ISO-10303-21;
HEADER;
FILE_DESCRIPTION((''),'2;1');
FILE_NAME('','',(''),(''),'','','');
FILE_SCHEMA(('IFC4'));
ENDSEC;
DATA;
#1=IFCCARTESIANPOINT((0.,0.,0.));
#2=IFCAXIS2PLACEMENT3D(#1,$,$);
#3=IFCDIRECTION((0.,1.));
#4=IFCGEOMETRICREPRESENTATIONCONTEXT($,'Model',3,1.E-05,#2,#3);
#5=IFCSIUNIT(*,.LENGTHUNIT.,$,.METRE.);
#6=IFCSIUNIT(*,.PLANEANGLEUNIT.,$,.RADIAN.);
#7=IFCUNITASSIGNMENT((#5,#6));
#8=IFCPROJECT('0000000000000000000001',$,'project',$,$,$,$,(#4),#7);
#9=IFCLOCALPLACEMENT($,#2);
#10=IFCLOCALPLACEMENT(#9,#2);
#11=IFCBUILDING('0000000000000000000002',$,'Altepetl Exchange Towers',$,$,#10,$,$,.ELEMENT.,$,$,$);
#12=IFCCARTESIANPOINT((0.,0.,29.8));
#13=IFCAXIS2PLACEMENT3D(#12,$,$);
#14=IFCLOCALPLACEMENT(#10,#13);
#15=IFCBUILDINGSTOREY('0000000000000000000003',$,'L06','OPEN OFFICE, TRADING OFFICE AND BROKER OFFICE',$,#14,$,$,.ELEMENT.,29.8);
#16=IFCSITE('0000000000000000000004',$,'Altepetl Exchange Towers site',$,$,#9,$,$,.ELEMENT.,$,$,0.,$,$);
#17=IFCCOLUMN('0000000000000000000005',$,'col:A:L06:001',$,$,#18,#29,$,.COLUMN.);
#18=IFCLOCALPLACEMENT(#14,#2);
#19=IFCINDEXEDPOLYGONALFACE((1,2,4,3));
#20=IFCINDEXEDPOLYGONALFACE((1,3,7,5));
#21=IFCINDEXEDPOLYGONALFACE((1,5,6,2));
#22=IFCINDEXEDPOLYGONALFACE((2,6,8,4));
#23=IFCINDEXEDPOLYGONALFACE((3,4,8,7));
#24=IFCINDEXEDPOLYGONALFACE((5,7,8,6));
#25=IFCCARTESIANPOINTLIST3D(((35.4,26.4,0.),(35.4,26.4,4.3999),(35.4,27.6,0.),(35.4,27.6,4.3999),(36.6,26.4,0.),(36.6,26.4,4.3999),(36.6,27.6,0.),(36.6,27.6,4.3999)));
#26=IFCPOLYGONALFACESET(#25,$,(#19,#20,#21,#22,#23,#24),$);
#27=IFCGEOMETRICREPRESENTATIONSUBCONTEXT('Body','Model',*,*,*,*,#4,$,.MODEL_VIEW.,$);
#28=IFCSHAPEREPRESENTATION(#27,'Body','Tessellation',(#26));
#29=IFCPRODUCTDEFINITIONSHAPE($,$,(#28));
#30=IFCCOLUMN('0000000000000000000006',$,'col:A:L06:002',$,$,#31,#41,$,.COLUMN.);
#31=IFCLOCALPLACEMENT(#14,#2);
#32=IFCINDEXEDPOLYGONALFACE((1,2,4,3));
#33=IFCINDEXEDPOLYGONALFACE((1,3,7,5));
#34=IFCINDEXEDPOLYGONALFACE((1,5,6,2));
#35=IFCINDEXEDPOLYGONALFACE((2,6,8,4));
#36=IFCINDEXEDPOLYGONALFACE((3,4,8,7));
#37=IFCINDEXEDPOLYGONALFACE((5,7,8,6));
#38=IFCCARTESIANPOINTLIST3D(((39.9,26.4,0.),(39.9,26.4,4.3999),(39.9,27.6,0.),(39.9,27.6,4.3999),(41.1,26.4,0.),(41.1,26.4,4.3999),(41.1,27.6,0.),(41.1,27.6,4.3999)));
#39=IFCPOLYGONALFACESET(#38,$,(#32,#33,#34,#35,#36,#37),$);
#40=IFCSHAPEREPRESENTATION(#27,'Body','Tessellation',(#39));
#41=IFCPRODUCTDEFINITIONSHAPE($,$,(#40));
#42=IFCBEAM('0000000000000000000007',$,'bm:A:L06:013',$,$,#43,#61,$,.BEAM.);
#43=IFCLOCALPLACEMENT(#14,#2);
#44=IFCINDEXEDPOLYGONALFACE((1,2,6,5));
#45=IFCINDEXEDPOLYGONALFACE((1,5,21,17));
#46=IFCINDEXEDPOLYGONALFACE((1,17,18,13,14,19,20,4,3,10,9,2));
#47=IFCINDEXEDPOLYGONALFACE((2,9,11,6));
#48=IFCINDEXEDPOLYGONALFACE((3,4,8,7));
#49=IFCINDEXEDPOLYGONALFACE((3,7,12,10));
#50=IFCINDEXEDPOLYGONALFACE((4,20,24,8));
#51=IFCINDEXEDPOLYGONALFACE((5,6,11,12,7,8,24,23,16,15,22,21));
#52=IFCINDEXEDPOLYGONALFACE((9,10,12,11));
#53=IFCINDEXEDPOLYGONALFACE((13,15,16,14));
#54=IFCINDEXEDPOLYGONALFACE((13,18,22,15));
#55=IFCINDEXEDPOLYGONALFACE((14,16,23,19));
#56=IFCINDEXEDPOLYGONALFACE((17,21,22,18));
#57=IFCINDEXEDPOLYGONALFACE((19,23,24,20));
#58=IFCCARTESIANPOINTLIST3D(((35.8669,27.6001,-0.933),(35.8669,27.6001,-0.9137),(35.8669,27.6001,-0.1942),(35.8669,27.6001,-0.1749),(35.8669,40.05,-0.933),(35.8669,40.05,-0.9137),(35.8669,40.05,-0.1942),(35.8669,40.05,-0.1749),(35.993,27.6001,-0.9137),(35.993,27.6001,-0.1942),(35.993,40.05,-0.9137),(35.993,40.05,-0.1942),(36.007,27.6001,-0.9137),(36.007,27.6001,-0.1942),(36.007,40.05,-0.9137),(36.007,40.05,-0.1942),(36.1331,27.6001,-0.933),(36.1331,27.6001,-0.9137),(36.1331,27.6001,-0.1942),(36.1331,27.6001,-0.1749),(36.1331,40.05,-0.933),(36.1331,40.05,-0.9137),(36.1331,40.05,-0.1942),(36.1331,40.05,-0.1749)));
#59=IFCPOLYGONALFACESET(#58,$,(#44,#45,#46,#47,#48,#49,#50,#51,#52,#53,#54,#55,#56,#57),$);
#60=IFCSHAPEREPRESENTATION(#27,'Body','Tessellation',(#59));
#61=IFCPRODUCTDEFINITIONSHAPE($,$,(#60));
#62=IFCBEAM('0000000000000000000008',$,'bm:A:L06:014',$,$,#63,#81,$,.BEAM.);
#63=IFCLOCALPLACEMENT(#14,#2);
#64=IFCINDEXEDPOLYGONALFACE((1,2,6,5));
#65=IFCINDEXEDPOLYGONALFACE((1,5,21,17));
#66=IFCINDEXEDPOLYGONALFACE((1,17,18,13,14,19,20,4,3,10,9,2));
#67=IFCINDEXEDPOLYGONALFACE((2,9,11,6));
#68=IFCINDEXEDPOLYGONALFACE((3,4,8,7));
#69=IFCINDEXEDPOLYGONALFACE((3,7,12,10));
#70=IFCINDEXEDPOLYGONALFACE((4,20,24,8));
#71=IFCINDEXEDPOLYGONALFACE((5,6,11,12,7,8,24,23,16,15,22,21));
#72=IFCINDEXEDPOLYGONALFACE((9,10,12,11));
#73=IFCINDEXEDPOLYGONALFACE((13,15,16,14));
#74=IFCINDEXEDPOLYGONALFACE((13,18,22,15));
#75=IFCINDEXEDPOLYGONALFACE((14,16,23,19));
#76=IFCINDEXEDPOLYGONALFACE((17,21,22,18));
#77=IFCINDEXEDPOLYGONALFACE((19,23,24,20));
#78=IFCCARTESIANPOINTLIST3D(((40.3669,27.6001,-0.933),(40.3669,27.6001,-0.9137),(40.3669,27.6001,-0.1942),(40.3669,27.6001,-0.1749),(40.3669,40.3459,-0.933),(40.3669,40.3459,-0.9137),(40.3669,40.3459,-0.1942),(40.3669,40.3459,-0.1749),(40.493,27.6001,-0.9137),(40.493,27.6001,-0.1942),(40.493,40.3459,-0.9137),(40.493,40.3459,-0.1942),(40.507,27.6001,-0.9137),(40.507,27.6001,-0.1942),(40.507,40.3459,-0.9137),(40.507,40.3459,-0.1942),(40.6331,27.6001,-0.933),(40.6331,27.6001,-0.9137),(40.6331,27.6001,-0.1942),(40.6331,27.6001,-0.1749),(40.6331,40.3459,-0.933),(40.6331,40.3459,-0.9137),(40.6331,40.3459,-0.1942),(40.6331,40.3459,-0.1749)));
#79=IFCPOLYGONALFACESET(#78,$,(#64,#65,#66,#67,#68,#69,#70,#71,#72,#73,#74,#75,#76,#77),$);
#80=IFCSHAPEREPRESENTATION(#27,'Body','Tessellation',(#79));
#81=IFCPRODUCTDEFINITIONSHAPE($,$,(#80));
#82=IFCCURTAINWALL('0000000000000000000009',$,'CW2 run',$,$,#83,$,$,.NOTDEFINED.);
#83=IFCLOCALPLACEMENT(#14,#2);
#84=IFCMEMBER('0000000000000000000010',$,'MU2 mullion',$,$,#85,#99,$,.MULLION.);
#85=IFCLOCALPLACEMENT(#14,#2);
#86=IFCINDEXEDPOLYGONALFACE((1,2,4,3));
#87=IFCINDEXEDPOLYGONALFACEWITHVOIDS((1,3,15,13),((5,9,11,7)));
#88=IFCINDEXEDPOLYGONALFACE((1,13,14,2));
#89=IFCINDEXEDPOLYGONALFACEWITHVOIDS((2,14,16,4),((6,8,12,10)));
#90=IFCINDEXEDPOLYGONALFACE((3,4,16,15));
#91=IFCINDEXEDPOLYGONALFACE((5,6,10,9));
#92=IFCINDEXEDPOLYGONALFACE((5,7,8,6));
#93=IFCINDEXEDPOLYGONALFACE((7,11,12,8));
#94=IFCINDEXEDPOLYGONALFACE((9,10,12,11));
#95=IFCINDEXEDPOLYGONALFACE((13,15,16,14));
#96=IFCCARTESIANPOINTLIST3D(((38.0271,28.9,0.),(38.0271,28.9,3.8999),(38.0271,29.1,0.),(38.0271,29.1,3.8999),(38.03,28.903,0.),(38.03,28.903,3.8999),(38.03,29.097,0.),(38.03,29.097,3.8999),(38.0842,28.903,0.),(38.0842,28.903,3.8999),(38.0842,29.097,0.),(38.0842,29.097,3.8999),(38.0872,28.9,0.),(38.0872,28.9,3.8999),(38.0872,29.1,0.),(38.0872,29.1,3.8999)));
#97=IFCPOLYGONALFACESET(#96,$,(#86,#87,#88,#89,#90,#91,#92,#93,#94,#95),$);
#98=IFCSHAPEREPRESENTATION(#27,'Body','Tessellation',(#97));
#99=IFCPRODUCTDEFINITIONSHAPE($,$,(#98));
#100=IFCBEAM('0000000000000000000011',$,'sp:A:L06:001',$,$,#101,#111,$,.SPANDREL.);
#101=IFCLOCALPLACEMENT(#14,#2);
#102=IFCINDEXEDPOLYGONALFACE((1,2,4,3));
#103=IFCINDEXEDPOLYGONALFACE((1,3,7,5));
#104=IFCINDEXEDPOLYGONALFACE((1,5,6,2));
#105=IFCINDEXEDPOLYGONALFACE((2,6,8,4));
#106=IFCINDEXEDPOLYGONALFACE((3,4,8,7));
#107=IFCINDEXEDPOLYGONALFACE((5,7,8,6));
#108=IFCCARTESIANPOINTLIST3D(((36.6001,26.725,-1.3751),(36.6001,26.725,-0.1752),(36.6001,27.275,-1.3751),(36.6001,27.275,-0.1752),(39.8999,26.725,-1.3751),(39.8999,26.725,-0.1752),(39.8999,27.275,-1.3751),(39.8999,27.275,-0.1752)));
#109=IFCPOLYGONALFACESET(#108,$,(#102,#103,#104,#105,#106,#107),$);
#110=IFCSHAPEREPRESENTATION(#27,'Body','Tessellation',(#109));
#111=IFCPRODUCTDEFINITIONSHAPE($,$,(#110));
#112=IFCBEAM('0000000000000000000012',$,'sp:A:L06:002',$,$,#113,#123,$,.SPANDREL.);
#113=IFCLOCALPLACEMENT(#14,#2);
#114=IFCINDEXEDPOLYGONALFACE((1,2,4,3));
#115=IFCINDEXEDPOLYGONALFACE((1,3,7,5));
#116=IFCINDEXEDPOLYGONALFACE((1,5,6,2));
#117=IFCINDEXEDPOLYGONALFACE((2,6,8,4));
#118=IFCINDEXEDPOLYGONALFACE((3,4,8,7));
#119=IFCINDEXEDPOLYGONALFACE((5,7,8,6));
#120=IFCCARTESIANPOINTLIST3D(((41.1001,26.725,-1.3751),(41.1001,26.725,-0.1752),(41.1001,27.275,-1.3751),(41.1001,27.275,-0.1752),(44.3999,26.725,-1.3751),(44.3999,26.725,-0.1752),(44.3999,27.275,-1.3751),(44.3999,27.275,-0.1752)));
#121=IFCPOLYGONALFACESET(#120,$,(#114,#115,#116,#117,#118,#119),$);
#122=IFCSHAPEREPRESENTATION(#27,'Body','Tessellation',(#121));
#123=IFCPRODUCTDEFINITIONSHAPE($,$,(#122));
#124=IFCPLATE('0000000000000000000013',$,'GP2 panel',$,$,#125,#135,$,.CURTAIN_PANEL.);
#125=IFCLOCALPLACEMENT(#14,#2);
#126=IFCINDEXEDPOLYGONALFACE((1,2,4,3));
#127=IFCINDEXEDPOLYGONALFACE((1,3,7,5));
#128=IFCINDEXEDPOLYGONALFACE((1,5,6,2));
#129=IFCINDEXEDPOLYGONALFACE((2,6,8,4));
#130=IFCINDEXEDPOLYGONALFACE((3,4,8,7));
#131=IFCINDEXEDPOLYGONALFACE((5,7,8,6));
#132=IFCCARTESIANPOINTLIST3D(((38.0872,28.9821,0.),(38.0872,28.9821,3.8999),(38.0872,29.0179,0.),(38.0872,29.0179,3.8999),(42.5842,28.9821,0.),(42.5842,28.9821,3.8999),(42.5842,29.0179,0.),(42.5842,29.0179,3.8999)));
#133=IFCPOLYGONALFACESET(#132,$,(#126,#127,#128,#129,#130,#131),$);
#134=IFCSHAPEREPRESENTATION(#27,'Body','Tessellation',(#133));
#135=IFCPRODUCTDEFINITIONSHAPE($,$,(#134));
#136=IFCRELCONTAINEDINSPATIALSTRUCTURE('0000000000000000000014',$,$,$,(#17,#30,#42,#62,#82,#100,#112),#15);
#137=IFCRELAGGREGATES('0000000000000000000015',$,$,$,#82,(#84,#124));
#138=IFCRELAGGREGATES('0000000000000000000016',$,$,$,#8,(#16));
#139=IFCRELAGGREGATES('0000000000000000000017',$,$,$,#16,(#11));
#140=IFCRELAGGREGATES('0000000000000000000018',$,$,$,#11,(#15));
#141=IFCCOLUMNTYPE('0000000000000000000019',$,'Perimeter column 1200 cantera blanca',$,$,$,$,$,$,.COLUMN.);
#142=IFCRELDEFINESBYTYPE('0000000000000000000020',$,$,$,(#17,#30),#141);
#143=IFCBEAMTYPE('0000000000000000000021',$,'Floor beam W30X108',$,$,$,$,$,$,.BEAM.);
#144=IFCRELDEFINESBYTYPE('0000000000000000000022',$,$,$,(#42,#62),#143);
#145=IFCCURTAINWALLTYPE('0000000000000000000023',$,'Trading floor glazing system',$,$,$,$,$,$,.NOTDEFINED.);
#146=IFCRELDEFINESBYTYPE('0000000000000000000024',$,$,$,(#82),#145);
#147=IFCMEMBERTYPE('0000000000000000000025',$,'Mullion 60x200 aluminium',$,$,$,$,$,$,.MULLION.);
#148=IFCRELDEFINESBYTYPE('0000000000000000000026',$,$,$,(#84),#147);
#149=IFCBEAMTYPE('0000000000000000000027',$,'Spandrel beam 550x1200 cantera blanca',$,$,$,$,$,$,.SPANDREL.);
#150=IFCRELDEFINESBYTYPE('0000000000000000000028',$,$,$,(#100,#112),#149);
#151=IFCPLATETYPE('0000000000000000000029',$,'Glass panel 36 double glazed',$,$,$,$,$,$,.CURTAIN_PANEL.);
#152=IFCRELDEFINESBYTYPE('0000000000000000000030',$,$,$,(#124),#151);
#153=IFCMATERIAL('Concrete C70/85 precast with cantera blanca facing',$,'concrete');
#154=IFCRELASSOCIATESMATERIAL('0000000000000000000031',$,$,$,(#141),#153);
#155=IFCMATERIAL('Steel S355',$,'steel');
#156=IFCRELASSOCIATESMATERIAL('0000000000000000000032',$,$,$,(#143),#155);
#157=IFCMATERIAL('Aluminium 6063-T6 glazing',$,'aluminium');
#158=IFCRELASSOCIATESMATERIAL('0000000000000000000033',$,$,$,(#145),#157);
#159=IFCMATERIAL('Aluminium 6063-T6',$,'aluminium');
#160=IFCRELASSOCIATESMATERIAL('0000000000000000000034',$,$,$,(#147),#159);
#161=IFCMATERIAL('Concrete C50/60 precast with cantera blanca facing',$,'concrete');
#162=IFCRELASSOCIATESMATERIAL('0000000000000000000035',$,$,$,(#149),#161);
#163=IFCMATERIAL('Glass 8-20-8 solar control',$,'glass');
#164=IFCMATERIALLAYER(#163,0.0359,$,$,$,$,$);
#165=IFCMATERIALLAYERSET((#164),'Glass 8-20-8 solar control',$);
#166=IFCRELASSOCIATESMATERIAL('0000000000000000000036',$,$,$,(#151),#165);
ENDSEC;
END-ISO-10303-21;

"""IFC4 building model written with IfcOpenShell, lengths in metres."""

from ifc_helpers import new_model, si_unit, direction, frame, origin, origin_2d, place, context, subcontext, project, spatial, rectangle, hollow_rectangle, i_section, extrude, material, layer, layer_set, material_profile, profile_set, type_object, element, aggregate, save


model = new_model("IFC4")

# Units and contexts
model_context = context("Model", 3, precision=1e-05, world=origin(), true_north=direction((0.0, 1.0)))
body_context = subcontext(model_context, "Body", "Model", "MODEL_VIEW")
ifc_project = project(units=[si_unit("LENGTHUNIT", "METRE"), si_unit("PLANEANGLEUNIT", "RADIAN")], contexts=[model_context])

# Site, building, storey
site_placement = place(None, origin())
site = spatial("IfcSite", under=ifc_project, at=site_placement, Name="Altepetl Exchange Towers site", CompositionType="ELEMENT", RefElevation=0.0)
building_placement = place(site_placement, origin())
building = spatial("IfcBuilding", under=site, at=building_placement, Name="Altepetl Exchange Towers", CompositionType="ELEMENT")
storey_placement = place(building_placement, frame((0.0, 0.0, 29.8)))
storey = spatial("IfcBuildingStorey", under=building, at=storey_placement, Name="L06", Description="OPEN OFFICE, TRADING OFFICE AND BROKER OFFICE", CompositionType="ELEMENT", Elevation=29.8)

# Columns
ifc_material_1 = material(Name="Concrete C70/85 precast with cantera blanca facing", Category="concrete")
ifc_material_profile_1 = material_profile(ifc_material_1, rectangle(XDim=1.2, YDim=1.2, at=origin_2d()), Name="1200 x 1200")
ifc_profile_set_1 = profile_set([ifc_material_profile_1], Name="Concrete C70/85 precast with cantera blanca facing")
column_type = type_object("IfcColumnType", Name="Perimeter column 1200 cantera blanca", PredefinedType="COLUMN", material=ifc_profile_set_1)
for number, where, name in (
    (1, (36.0, 27.0, 0.0), "col:A:L06:001"),
    (2, (40.5, 27.0, 0.0), "col:A:L06:002"),
):
    element("IfcColumn", number, at=place(storey_placement, frame(where)), inside=storey, type_object=column_type, Name=name, PredefinedType="COLUMN", context=body_context, shape_type="SweptSolid", body=[
        extrude(rectangle(XDim=1.2, YDim=1.2, at=origin_2d()), origin(), (0.0, 0.0, 1.0), 4.3999),
    ])

# Beams
ifc_material_2 = material(Name="Steel S355", Category="steel")
ifc_material_profile_2 = material_profile(ifc_material_2, i_section(OverallWidth=0.2661, OverallDepth=0.7581, WebThickness=0.0139, FlangeThickness=0.0193, at=origin_2d()), Name="W30X108")
ifc_profile_set_2 = profile_set([ifc_material_profile_2], Name="Steel S355")
beam_type_1 = type_object("IfcBeamType", Name="Floor beam W30X108", PredefinedType="BEAM", material=ifc_profile_set_2)
beam_1_placement = place(storey_placement, frame((36.0, 27.6001, -0.554), z_axis=(0.0, 1.0, 0.0), x_axis=(-1.0, 0.0, 0.0)))
element("IfcBeam", 3, at=beam_1_placement, inside=storey, type_object=beam_type_1, Name="bm:A:L06:013", PredefinedType="BEAM", context=body_context, shape_type="SweptSolid", body=[
    extrude(i_section(OverallWidth=0.2661, OverallDepth=0.7581, WebThickness=0.0139, FlangeThickness=0.0193, at=origin_2d()), origin(), (0.0, 0.0, 1.0), 12.45),
])
beam_2_placement = place(storey_placement, frame((40.5, 27.6001, -0.554), z_axis=(0.0, 1.0, 0.0), x_axis=(-1.0, 0.0, 0.0)))
element("IfcBeam", 4, at=beam_2_placement, inside=storey, type_object=beam_type_1, Name="bm:A:L06:014", PredefinedType="BEAM", context=body_context, shape_type="SweptSolid", body=[
    extrude(i_section(OverallWidth=0.2661, OverallDepth=0.7581, WebThickness=0.0139, FlangeThickness=0.0193, at=origin_2d()), origin(), (0.0, 0.0, 1.0), 12.7458),
])

# Curtain wall, member
ifc_material_3 = material(Name="Aluminium 6063-T6 glazing", Category="aluminium")
curtain_wall_type = type_object("IfcCurtainWallType", Name="Trading floor glazing system", PredefinedType="NOTDEFINED", material=ifc_material_3)
curtain_wall_placement = place(storey_placement, origin())
curtain_wall = element("IfcCurtainWall", 5, at=curtain_wall_placement, inside=storey, type_object=curtain_wall_type, Name="CW2 run", PredefinedType="NOTDEFINED")
ifc_material_4 = material(Name="Aluminium 6063-T6", Category="aluminium")
ifc_material_profile_3 = material_profile(ifc_material_4, hollow_rectangle(XDim=0.0601, YDim=0.2, WallThickness=0.0029, at=origin_2d()), Name="Mullion 60x200 aluminium")
ifc_profile_set_3 = profile_set([ifc_material_profile_3], Name="Aluminium 6063-T6")
member_type = type_object("IfcMemberType", Name="Mullion 60x200 aluminium", PredefinedType="MULLION", material=ifc_profile_set_3)
member_placement = place(storey_placement, frame((38.0571, 29.0, 0.0)))
member = element("IfcMember", 6, at=member_placement, type_object=member_type, Name="MU2 mullion", PredefinedType="MULLION", context=body_context, shape_type="SweptSolid", body=[
    extrude(hollow_rectangle(XDim=0.0601, YDim=0.2, WallThickness=0.0029, at=origin_2d()), origin(), (0.0, 0.0, 1.0), 3.8999),
])

# Beams
ifc_material_5 = material(Name="Concrete C50/60 precast with cantera blanca facing", Category="concrete")
ifc_material_profile_4 = material_profile(ifc_material_5, rectangle(XDim=0.55, YDim=1.2, at=origin_2d()), Name="550 x 1200")
ifc_profile_set_4 = profile_set([ifc_material_profile_4], Name="Concrete C50/60 precast with cantera blanca facing")
beam_type_2 = type_object("IfcBeamType", Name="Spandrel beam 550x1200 cantera blanca", PredefinedType="SPANDREL", material=ifc_profile_set_4)
for number, where, z_axis, x_axis, name in (
    (7, (36.6001, 27.0, -0.7751), (1.0, 0.0, 0.0), (0.0, 1.0, 0.0), "sp:A:L06:001"),
    (8, (41.1001, 27.0, -0.7751), (1.0, 0.0, 0.0), (0.0, 1.0, 0.0), "sp:A:L06:002"),
):
    element("IfcBeam", number, at=place(storey_placement, frame(where, z_axis=z_axis, x_axis=x_axis)), inside=storey, type_object=beam_type_2, Name=name, PredefinedType="SPANDREL", context=body_context, shape_type="SweptSolid", body=[
        extrude(rectangle(XDim=0.55, YDim=1.2, at=origin_2d()), origin(), (0.0, 0.0, 1.0), 3.2998),
    ])

# Plate
ifc_material_6 = material(Name="Glass 8-20-8 solar control", Category="glass")
ifc_layer = layer(ifc_material_6, 0.0359)
ifc_layer_set = layer_set([ifc_layer], Name="Glass 8-20-8 solar control")
plate_type = type_object("IfcPlateType", Name="Glass panel 36 double glazed", PredefinedType="CURTAIN_PANEL", material=ifc_layer_set)
plate_placement = place(storey_placement, frame((40.3357, 29.0, 0.0)))
plate = element("IfcPlate", 9, at=plate_placement, type_object=plate_type, Name="GP2 panel", PredefinedType="CURTAIN_PANEL", context=body_context, shape_type="SweptSolid", body=[
    extrude(rectangle(XDim=4.4971, YDim=0.0359, at=origin_2d()), origin(), (0.0, 0.0, 1.0), 3.8999),
])
aggregate(curtain_wall, [member, plate])

save(model, "model.ifc")
